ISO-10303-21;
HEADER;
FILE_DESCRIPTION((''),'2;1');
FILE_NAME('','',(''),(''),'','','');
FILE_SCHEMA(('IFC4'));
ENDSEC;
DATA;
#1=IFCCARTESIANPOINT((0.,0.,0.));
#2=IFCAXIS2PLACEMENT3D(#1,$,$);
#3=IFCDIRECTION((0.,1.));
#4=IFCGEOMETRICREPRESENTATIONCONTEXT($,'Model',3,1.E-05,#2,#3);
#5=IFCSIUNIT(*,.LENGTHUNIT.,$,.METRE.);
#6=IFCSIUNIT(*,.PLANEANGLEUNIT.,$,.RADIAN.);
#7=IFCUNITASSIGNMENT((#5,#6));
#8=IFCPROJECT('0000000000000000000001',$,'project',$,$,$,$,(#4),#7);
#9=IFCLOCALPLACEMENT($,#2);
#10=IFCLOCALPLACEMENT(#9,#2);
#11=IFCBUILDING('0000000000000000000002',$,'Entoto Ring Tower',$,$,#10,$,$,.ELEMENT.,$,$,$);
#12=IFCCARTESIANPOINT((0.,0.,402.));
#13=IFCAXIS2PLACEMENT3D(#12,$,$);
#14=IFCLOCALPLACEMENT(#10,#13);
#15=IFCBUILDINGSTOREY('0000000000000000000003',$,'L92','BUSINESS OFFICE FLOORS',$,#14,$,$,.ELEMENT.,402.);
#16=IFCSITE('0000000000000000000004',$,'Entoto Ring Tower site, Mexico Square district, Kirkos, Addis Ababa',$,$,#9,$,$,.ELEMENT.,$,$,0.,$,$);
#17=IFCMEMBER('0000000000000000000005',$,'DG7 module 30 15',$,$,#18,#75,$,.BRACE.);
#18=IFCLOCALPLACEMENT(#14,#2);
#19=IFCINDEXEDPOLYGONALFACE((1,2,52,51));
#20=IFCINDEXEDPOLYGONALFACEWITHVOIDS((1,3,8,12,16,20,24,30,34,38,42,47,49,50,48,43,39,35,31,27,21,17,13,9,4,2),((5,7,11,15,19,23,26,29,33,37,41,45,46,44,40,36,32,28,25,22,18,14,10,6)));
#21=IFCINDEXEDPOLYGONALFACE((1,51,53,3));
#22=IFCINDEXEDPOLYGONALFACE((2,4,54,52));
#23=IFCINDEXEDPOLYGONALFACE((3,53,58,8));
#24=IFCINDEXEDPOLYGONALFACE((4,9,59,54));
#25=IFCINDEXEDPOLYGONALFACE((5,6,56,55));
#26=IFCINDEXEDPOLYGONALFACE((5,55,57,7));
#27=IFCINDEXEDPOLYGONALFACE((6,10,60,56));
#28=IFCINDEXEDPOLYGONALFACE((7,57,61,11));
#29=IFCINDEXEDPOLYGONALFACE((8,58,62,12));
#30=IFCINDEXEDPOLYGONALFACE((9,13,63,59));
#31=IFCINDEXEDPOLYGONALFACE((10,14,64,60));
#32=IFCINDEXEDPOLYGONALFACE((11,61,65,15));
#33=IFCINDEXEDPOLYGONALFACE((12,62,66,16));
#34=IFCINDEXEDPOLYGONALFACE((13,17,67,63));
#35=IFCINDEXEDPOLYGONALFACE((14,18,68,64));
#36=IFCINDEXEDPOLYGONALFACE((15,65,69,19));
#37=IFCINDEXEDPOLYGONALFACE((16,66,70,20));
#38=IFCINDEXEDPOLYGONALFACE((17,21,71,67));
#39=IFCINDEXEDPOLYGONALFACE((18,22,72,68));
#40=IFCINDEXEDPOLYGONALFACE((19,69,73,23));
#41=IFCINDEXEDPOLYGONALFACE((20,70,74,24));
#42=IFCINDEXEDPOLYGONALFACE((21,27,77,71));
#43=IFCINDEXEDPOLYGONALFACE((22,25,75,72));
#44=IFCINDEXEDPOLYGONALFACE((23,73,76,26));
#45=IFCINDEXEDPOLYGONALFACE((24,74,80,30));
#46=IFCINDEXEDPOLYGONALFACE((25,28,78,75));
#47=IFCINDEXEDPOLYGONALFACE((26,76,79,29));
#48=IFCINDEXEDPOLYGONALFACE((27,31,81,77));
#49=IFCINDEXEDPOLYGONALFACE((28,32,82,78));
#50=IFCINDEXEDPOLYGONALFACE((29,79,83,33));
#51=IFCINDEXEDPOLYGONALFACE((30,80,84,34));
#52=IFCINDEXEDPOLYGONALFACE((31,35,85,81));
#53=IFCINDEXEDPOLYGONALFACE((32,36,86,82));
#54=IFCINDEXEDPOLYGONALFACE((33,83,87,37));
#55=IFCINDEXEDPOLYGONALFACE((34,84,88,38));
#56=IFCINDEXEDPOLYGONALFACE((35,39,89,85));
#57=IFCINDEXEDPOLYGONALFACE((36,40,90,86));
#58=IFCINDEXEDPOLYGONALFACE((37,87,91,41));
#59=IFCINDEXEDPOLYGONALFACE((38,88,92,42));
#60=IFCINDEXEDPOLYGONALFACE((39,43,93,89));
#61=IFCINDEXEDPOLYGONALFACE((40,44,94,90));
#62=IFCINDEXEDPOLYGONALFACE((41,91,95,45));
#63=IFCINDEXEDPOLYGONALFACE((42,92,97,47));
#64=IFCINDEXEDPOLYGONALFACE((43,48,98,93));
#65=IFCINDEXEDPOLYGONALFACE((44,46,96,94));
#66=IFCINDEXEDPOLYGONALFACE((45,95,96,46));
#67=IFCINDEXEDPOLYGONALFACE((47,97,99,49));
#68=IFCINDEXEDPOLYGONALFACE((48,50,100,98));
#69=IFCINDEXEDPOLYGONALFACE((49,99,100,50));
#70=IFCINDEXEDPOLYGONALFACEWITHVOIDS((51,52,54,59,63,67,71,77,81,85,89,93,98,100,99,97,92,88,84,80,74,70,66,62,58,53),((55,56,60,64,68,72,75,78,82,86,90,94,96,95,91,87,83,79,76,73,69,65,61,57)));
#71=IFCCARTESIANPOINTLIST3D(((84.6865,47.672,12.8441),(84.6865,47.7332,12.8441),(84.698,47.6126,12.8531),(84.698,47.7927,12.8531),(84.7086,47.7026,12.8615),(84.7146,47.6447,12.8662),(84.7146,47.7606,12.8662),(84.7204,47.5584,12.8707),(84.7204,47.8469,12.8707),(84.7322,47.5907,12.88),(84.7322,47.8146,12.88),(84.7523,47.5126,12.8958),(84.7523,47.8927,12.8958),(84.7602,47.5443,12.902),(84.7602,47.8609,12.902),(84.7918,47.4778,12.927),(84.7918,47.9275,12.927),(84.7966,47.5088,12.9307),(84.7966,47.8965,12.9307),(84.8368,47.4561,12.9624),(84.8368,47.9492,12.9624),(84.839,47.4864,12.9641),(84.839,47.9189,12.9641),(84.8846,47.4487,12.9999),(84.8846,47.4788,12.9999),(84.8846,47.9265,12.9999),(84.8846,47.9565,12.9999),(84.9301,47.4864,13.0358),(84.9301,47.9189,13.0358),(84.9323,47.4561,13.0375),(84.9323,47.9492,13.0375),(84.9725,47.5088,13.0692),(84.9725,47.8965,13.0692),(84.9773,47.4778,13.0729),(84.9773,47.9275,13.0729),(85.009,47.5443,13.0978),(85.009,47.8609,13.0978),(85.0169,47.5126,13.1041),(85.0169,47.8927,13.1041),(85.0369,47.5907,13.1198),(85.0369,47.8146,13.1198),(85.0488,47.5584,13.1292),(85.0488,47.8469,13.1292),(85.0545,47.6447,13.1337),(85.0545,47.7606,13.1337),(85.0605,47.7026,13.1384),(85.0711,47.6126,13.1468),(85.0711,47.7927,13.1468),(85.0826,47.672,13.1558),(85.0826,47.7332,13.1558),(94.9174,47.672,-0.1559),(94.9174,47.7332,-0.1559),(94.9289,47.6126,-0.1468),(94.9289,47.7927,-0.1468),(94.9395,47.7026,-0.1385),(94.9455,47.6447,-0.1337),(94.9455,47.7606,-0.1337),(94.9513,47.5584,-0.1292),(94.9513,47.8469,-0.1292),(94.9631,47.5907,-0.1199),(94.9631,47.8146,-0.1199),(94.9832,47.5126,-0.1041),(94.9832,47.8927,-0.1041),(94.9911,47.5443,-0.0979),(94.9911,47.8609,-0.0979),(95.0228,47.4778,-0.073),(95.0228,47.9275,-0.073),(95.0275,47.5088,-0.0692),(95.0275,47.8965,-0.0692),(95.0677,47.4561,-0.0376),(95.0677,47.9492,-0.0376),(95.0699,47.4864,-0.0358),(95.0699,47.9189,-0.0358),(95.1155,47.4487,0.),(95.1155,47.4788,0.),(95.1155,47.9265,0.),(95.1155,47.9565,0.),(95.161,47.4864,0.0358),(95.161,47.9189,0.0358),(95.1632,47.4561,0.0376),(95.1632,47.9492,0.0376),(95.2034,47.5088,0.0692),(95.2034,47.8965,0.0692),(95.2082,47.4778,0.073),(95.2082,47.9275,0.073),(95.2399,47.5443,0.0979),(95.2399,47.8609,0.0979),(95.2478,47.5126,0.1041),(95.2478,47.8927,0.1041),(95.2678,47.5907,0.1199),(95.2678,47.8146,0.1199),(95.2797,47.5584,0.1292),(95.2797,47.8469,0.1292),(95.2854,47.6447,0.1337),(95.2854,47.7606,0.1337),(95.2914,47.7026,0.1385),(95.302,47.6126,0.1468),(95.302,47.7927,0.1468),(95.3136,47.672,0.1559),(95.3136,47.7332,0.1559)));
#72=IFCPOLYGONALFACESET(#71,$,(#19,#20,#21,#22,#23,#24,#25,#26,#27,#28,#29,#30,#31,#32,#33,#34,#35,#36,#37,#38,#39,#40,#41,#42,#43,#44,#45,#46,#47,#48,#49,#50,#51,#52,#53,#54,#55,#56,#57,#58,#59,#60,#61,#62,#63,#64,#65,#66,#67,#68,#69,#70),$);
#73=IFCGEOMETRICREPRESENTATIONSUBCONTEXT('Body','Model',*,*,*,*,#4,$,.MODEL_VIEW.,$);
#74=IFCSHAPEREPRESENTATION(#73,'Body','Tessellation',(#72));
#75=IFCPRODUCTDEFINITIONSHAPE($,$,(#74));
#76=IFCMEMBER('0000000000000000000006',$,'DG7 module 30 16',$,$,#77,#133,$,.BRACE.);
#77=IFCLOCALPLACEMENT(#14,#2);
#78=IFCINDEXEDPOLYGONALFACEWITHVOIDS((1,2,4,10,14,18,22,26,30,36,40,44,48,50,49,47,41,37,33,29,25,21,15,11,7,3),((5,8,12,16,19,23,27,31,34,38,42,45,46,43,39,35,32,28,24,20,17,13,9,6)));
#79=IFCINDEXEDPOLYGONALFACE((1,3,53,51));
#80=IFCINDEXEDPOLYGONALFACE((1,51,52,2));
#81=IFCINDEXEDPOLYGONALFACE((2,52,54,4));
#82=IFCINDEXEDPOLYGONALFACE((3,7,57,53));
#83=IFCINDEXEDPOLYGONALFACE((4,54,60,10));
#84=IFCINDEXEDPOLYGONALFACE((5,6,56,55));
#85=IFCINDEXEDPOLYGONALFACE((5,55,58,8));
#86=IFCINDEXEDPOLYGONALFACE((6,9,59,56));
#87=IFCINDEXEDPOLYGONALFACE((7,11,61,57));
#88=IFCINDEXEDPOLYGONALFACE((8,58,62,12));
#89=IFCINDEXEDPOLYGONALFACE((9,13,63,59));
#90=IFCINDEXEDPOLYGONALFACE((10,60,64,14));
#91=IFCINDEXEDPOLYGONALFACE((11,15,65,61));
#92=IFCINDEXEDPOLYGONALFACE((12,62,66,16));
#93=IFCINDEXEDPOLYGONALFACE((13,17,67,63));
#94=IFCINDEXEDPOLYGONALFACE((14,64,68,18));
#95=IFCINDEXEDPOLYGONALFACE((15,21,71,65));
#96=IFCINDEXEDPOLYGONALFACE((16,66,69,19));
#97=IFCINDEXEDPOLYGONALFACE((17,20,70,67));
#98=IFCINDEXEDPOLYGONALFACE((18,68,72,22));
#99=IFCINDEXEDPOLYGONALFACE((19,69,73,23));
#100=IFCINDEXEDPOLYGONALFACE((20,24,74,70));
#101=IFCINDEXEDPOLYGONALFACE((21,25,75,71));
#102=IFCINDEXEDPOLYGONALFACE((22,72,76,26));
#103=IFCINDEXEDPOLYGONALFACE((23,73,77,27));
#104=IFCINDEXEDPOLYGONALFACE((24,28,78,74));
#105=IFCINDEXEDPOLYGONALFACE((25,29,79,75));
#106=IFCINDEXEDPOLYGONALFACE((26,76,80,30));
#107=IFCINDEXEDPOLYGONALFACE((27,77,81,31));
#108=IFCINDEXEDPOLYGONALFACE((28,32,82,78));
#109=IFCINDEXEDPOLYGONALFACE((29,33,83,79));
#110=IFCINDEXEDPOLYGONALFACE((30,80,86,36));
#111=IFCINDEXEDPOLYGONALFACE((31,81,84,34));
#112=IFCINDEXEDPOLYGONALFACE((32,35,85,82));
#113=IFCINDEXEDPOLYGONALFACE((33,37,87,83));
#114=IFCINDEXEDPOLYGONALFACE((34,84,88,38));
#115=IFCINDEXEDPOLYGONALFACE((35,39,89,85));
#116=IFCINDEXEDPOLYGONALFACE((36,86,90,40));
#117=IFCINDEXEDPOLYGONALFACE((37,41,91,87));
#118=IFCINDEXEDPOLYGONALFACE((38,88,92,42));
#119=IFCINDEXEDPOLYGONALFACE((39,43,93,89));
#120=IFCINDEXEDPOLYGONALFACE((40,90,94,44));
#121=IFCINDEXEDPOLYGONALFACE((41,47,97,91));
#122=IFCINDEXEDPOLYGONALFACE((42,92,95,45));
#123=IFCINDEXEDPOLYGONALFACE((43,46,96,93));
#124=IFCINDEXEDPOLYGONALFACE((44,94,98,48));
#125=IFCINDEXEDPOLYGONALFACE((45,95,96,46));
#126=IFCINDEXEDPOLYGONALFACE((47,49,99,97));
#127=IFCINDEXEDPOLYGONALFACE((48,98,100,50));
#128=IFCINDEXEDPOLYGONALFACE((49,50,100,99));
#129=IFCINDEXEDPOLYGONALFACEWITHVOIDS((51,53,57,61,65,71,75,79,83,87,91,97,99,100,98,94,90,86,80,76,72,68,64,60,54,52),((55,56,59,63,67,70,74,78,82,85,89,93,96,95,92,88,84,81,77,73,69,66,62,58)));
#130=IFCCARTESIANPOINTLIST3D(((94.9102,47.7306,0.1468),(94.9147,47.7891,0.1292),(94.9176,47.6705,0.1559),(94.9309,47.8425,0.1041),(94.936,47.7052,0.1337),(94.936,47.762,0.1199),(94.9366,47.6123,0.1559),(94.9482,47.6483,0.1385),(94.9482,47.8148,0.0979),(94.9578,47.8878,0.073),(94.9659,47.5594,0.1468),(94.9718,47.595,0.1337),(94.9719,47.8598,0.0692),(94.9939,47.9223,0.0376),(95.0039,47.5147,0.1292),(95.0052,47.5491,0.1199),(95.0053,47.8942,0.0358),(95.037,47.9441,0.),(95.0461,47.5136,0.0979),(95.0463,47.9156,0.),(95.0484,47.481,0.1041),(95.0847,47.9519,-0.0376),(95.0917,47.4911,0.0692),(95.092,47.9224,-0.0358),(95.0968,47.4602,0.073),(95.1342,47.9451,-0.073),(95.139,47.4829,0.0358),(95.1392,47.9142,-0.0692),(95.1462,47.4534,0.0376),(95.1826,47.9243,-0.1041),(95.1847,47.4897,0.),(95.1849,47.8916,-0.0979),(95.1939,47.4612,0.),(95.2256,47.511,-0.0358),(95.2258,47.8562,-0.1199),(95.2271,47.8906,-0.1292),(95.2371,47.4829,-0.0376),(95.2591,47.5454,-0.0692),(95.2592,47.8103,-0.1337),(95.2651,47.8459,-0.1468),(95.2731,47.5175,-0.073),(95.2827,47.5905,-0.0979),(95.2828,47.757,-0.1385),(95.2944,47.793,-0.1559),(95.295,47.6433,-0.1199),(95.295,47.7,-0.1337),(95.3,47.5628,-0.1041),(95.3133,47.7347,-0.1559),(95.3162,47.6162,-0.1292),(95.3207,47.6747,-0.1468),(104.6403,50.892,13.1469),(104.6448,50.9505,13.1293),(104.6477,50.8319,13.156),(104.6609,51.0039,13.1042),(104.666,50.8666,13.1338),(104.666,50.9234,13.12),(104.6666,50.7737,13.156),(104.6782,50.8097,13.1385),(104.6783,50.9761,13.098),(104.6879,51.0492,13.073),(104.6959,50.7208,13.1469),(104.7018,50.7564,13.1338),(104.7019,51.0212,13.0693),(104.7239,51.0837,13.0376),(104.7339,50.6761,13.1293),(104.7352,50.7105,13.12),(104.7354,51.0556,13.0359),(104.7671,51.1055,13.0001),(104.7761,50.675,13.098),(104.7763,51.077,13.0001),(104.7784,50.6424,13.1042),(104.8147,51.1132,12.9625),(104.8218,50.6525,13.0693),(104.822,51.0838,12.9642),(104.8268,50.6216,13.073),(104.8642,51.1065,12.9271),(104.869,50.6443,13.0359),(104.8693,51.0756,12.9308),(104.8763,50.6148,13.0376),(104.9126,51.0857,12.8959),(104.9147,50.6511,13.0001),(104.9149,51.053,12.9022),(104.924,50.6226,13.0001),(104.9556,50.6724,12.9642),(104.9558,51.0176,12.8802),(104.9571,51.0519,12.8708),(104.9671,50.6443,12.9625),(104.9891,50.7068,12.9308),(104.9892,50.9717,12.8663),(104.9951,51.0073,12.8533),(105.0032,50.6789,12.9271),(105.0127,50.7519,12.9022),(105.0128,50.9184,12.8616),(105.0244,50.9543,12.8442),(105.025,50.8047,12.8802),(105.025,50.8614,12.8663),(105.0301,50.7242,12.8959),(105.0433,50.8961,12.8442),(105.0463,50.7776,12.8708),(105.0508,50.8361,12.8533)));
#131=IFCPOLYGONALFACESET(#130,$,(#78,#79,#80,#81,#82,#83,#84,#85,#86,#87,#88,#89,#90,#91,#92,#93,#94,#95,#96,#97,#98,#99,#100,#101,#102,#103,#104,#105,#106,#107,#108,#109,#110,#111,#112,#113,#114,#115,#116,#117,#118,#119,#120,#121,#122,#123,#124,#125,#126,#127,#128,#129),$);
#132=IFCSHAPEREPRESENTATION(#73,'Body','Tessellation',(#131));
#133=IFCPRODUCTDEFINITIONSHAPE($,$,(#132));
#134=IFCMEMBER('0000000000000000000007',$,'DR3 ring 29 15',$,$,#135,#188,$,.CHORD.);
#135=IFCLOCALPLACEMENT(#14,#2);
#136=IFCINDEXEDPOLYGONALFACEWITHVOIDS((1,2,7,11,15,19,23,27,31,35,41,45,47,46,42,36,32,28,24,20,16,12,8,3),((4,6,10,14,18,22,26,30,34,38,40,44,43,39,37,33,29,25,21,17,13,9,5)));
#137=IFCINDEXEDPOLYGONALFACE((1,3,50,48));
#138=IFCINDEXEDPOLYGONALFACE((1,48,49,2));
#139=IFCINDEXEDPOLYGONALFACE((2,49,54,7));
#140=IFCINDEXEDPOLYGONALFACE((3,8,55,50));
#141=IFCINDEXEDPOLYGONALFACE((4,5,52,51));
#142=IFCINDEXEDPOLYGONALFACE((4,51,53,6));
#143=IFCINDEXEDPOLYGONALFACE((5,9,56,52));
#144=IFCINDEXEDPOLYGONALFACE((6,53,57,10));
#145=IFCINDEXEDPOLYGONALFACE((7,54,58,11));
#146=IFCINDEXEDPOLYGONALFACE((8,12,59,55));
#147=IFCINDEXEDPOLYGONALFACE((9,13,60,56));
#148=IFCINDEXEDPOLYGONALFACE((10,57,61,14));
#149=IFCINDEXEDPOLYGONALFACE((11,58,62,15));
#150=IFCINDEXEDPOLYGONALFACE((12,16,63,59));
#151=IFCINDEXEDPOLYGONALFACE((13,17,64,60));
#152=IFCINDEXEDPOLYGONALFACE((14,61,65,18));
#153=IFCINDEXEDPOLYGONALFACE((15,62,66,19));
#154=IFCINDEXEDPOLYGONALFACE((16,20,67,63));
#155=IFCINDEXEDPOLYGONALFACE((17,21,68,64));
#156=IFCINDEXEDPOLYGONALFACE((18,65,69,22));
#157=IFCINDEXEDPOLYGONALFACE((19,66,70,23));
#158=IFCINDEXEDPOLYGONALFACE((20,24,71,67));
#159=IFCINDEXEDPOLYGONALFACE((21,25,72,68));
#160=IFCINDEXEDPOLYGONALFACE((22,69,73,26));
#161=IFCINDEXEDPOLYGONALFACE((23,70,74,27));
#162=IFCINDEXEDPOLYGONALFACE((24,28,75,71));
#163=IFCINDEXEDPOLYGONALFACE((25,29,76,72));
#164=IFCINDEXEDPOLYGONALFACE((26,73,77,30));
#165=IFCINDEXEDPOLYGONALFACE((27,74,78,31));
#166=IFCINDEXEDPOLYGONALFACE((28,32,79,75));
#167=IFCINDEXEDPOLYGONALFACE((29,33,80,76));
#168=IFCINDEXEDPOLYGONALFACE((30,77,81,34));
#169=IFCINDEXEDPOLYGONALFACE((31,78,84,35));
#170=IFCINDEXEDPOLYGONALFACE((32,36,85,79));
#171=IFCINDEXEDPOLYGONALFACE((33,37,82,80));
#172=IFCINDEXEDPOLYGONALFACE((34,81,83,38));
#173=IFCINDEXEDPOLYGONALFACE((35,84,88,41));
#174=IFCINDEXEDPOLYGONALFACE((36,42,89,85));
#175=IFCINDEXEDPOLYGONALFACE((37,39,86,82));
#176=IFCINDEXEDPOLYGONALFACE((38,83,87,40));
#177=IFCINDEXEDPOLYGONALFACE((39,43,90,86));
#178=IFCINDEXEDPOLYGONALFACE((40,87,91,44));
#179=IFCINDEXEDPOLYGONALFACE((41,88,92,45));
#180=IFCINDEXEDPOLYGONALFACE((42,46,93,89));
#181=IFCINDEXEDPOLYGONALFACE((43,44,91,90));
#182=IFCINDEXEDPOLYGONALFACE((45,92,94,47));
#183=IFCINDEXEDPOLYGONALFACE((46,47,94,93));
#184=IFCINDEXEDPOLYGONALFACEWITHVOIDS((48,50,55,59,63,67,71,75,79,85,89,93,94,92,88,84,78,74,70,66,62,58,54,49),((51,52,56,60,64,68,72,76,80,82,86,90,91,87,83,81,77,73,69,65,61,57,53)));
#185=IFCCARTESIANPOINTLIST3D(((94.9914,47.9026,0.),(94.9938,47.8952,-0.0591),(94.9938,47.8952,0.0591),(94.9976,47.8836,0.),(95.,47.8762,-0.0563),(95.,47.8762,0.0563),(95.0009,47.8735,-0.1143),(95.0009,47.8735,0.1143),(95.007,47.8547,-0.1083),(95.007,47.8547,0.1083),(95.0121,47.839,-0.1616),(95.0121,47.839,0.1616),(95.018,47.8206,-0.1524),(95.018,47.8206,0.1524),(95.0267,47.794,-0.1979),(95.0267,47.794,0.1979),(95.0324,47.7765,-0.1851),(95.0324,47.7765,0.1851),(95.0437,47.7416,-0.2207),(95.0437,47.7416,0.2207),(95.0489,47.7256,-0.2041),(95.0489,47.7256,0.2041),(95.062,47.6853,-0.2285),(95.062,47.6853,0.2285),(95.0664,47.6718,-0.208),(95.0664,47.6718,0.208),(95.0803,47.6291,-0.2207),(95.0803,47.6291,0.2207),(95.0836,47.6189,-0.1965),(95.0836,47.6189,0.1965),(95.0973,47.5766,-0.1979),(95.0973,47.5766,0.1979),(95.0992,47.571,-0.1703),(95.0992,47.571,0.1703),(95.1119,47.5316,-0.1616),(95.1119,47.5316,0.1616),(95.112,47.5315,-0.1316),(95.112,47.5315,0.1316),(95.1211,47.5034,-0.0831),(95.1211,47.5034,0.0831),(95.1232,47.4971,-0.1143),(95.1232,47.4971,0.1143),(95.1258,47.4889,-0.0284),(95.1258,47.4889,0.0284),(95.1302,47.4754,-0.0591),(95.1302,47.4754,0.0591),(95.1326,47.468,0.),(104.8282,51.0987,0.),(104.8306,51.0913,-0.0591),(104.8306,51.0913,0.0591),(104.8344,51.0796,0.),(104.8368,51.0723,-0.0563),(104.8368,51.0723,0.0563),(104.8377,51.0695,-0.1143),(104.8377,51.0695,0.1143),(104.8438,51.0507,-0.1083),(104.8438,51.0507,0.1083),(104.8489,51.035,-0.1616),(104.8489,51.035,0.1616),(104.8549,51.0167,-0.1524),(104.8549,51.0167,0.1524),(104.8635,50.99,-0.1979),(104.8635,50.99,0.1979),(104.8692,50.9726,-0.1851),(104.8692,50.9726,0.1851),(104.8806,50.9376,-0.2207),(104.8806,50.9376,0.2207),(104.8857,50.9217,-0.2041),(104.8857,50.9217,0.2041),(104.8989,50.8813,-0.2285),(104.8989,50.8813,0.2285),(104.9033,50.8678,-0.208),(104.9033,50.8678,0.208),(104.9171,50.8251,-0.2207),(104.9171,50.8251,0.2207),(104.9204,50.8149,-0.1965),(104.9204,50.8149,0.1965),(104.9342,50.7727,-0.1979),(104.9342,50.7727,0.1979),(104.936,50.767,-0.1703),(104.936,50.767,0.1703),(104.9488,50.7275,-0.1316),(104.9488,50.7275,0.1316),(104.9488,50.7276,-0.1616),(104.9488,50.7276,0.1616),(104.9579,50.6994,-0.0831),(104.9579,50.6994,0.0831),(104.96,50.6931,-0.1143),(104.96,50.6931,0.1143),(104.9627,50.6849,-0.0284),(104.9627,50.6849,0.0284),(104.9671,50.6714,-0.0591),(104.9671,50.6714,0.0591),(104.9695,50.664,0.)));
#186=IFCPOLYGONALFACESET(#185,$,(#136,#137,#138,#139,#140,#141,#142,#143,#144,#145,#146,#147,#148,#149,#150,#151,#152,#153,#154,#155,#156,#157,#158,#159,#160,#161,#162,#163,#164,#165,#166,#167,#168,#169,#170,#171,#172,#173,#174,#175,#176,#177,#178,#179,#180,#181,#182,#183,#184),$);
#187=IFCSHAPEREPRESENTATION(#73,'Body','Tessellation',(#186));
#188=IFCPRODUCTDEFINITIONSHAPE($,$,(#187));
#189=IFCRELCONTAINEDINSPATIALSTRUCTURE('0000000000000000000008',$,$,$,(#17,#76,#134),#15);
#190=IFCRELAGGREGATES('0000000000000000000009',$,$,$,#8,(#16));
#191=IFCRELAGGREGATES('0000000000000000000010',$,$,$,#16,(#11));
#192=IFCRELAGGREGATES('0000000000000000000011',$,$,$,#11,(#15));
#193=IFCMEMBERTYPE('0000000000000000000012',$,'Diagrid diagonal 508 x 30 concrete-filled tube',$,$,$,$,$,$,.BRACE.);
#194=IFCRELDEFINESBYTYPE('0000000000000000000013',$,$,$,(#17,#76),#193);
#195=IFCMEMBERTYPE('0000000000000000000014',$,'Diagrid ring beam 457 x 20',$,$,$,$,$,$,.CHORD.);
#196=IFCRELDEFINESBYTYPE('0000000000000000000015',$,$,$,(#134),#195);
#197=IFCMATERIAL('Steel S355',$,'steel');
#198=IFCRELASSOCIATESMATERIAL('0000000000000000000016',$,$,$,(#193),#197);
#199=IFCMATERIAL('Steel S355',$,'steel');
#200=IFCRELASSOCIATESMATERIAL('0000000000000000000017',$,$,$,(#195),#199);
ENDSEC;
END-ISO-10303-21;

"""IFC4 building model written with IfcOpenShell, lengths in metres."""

from ifc_helpers import new_model, si_unit, direction, frame, origin, origin_2d, place, context, subcontext, project, spatial, circle, hollow_circle, extrude, material, material_profile, profile_set, type_object, element, save


model = new_model("IFC4")

# Units and contexts
model_context = context("Model", 3, precision=1e-05, world=origin(), true_north=direction((0.0, 1.0)))
body_context = subcontext(model_context, "Body", "Model", "MODEL_VIEW")
ifc_project = project(units=[si_unit("LENGTHUNIT", "METRE"), si_unit("PLANEANGLEUNIT", "RADIAN")], contexts=[model_context])

# Site, building, storey
site_placement = place(None, origin())
site = spatial("IfcSite", under=ifc_project, at=site_placement, Name="Entoto Ring Tower site, Mexico Square district, Kirkos, Addis Ababa", CompositionType="ELEMENT", RefElevation=0.0)
building_placement = place(site_placement, origin())
building = spatial("IfcBuilding", under=site, at=building_placement, Name="Entoto Ring Tower", CompositionType="ELEMENT")
storey_placement = place(building_placement, frame((0.0, 0.0, 402.0)))
storey = spatial("IfcBuildingStorey", under=building, at=storey_placement, Name="L92", Description="BUSINESS OFFICE FLOORS", CompositionType="ELEMENT", Elevation=402.0)

# Members
ifc_material_1 = material(Name="Steel S355", Category="steel")
ifc_material_profile_1 = material_profile(ifc_material_1, hollow_circle(Radius=0.2539, WallThickness=0.03, at=origin_2d()), Name="CHS 508 x 30")
ifc_material_2 = material(Name="Concrete C60/75", Category="concrete")
ifc_material_profile_2 = material_profile(ifc_material_2, circle(Radius=0.2241, at=origin_2d()), Name="Concrete C60/75 infill")
ifc_profile_set_1 = profile_set([ifc_material_profile_1, ifc_material_profile_2], Name="Steel S355")
member_type_1 = type_object("IfcMemberType", Name="Diagrid diagonal 508 x 30 concrete-filled tube", PredefinedType="BRACE", material=ifc_profile_set_1)
for number, where, z_axis, x_axis, name in (
    (1, (95.1155, 47.7026, 0.0), (-0.618444, 0.0, 0.785829), (0.0, -1.0, 0.0), "DG7 module 30 15"),
    (2, (95.1155, 47.7026, 0.0), (0.588167, 0.191102, 0.785837), (-0.309009, 0.951059, 0.0), "DG7 module 30 16"),
):
    element("IfcMember", number, at=place(storey_placement, frame(where, z_axis=z_axis, x_axis=x_axis)), inside=storey, type_object=member_type_1, Name=name, PredefinedType="BRACE", context=body_context, shape_type="SweptSolid", body=[
        extrude(hollow_circle(Radius=0.2539, WallThickness=0.03, at=origin_2d()), origin(), (0.0, 0.0, 1.0), 16.543),
    ])
ifc_material_3 = material(Name="Steel S355", Category="steel")
ifc_material_profile_3 = material_profile(ifc_material_3, hollow_circle(Radius=0.2285, WallThickness=0.02, at=origin_2d()), Name="CHS 457 x 20")
ifc_material_4 = material(Name="Concrete C60/75", Category="concrete")
ifc_material_profile_4 = material_profile(ifc_material_4, circle(Radius=0.2085, at=origin_2d()), Name="Concrete C60/75 infill")
ifc_profile_set_2 = profile_set([ifc_material_profile_3, ifc_material_profile_4], Name="Steel S355")
member_type_2 = type_object("IfcMemberType", Name="Diagrid ring beam 457 x 20", PredefinedType="CHORD", material=ifc_profile_set_2)
member_placement = place(storey_placement, frame((95.062, 47.6853, 0.0), z_axis=(0.951061, 0.309003, 0.0), x_axis=(-0.309003, 0.951061, 0.0)))
element("IfcMember", 3, at=member_placement, inside=storey, type_object=member_type_2, Name="DR3 ring 29 15", PredefinedType="CHORD", context=body_context, shape_type="SweptSolid", body=[
    extrude(hollow_circle(Radius=0.2285, WallThickness=0.02, at=origin_2d()), origin(), (0.0, 0.0, 1.0), 10.343),
])

save(model, "model.ifc")
